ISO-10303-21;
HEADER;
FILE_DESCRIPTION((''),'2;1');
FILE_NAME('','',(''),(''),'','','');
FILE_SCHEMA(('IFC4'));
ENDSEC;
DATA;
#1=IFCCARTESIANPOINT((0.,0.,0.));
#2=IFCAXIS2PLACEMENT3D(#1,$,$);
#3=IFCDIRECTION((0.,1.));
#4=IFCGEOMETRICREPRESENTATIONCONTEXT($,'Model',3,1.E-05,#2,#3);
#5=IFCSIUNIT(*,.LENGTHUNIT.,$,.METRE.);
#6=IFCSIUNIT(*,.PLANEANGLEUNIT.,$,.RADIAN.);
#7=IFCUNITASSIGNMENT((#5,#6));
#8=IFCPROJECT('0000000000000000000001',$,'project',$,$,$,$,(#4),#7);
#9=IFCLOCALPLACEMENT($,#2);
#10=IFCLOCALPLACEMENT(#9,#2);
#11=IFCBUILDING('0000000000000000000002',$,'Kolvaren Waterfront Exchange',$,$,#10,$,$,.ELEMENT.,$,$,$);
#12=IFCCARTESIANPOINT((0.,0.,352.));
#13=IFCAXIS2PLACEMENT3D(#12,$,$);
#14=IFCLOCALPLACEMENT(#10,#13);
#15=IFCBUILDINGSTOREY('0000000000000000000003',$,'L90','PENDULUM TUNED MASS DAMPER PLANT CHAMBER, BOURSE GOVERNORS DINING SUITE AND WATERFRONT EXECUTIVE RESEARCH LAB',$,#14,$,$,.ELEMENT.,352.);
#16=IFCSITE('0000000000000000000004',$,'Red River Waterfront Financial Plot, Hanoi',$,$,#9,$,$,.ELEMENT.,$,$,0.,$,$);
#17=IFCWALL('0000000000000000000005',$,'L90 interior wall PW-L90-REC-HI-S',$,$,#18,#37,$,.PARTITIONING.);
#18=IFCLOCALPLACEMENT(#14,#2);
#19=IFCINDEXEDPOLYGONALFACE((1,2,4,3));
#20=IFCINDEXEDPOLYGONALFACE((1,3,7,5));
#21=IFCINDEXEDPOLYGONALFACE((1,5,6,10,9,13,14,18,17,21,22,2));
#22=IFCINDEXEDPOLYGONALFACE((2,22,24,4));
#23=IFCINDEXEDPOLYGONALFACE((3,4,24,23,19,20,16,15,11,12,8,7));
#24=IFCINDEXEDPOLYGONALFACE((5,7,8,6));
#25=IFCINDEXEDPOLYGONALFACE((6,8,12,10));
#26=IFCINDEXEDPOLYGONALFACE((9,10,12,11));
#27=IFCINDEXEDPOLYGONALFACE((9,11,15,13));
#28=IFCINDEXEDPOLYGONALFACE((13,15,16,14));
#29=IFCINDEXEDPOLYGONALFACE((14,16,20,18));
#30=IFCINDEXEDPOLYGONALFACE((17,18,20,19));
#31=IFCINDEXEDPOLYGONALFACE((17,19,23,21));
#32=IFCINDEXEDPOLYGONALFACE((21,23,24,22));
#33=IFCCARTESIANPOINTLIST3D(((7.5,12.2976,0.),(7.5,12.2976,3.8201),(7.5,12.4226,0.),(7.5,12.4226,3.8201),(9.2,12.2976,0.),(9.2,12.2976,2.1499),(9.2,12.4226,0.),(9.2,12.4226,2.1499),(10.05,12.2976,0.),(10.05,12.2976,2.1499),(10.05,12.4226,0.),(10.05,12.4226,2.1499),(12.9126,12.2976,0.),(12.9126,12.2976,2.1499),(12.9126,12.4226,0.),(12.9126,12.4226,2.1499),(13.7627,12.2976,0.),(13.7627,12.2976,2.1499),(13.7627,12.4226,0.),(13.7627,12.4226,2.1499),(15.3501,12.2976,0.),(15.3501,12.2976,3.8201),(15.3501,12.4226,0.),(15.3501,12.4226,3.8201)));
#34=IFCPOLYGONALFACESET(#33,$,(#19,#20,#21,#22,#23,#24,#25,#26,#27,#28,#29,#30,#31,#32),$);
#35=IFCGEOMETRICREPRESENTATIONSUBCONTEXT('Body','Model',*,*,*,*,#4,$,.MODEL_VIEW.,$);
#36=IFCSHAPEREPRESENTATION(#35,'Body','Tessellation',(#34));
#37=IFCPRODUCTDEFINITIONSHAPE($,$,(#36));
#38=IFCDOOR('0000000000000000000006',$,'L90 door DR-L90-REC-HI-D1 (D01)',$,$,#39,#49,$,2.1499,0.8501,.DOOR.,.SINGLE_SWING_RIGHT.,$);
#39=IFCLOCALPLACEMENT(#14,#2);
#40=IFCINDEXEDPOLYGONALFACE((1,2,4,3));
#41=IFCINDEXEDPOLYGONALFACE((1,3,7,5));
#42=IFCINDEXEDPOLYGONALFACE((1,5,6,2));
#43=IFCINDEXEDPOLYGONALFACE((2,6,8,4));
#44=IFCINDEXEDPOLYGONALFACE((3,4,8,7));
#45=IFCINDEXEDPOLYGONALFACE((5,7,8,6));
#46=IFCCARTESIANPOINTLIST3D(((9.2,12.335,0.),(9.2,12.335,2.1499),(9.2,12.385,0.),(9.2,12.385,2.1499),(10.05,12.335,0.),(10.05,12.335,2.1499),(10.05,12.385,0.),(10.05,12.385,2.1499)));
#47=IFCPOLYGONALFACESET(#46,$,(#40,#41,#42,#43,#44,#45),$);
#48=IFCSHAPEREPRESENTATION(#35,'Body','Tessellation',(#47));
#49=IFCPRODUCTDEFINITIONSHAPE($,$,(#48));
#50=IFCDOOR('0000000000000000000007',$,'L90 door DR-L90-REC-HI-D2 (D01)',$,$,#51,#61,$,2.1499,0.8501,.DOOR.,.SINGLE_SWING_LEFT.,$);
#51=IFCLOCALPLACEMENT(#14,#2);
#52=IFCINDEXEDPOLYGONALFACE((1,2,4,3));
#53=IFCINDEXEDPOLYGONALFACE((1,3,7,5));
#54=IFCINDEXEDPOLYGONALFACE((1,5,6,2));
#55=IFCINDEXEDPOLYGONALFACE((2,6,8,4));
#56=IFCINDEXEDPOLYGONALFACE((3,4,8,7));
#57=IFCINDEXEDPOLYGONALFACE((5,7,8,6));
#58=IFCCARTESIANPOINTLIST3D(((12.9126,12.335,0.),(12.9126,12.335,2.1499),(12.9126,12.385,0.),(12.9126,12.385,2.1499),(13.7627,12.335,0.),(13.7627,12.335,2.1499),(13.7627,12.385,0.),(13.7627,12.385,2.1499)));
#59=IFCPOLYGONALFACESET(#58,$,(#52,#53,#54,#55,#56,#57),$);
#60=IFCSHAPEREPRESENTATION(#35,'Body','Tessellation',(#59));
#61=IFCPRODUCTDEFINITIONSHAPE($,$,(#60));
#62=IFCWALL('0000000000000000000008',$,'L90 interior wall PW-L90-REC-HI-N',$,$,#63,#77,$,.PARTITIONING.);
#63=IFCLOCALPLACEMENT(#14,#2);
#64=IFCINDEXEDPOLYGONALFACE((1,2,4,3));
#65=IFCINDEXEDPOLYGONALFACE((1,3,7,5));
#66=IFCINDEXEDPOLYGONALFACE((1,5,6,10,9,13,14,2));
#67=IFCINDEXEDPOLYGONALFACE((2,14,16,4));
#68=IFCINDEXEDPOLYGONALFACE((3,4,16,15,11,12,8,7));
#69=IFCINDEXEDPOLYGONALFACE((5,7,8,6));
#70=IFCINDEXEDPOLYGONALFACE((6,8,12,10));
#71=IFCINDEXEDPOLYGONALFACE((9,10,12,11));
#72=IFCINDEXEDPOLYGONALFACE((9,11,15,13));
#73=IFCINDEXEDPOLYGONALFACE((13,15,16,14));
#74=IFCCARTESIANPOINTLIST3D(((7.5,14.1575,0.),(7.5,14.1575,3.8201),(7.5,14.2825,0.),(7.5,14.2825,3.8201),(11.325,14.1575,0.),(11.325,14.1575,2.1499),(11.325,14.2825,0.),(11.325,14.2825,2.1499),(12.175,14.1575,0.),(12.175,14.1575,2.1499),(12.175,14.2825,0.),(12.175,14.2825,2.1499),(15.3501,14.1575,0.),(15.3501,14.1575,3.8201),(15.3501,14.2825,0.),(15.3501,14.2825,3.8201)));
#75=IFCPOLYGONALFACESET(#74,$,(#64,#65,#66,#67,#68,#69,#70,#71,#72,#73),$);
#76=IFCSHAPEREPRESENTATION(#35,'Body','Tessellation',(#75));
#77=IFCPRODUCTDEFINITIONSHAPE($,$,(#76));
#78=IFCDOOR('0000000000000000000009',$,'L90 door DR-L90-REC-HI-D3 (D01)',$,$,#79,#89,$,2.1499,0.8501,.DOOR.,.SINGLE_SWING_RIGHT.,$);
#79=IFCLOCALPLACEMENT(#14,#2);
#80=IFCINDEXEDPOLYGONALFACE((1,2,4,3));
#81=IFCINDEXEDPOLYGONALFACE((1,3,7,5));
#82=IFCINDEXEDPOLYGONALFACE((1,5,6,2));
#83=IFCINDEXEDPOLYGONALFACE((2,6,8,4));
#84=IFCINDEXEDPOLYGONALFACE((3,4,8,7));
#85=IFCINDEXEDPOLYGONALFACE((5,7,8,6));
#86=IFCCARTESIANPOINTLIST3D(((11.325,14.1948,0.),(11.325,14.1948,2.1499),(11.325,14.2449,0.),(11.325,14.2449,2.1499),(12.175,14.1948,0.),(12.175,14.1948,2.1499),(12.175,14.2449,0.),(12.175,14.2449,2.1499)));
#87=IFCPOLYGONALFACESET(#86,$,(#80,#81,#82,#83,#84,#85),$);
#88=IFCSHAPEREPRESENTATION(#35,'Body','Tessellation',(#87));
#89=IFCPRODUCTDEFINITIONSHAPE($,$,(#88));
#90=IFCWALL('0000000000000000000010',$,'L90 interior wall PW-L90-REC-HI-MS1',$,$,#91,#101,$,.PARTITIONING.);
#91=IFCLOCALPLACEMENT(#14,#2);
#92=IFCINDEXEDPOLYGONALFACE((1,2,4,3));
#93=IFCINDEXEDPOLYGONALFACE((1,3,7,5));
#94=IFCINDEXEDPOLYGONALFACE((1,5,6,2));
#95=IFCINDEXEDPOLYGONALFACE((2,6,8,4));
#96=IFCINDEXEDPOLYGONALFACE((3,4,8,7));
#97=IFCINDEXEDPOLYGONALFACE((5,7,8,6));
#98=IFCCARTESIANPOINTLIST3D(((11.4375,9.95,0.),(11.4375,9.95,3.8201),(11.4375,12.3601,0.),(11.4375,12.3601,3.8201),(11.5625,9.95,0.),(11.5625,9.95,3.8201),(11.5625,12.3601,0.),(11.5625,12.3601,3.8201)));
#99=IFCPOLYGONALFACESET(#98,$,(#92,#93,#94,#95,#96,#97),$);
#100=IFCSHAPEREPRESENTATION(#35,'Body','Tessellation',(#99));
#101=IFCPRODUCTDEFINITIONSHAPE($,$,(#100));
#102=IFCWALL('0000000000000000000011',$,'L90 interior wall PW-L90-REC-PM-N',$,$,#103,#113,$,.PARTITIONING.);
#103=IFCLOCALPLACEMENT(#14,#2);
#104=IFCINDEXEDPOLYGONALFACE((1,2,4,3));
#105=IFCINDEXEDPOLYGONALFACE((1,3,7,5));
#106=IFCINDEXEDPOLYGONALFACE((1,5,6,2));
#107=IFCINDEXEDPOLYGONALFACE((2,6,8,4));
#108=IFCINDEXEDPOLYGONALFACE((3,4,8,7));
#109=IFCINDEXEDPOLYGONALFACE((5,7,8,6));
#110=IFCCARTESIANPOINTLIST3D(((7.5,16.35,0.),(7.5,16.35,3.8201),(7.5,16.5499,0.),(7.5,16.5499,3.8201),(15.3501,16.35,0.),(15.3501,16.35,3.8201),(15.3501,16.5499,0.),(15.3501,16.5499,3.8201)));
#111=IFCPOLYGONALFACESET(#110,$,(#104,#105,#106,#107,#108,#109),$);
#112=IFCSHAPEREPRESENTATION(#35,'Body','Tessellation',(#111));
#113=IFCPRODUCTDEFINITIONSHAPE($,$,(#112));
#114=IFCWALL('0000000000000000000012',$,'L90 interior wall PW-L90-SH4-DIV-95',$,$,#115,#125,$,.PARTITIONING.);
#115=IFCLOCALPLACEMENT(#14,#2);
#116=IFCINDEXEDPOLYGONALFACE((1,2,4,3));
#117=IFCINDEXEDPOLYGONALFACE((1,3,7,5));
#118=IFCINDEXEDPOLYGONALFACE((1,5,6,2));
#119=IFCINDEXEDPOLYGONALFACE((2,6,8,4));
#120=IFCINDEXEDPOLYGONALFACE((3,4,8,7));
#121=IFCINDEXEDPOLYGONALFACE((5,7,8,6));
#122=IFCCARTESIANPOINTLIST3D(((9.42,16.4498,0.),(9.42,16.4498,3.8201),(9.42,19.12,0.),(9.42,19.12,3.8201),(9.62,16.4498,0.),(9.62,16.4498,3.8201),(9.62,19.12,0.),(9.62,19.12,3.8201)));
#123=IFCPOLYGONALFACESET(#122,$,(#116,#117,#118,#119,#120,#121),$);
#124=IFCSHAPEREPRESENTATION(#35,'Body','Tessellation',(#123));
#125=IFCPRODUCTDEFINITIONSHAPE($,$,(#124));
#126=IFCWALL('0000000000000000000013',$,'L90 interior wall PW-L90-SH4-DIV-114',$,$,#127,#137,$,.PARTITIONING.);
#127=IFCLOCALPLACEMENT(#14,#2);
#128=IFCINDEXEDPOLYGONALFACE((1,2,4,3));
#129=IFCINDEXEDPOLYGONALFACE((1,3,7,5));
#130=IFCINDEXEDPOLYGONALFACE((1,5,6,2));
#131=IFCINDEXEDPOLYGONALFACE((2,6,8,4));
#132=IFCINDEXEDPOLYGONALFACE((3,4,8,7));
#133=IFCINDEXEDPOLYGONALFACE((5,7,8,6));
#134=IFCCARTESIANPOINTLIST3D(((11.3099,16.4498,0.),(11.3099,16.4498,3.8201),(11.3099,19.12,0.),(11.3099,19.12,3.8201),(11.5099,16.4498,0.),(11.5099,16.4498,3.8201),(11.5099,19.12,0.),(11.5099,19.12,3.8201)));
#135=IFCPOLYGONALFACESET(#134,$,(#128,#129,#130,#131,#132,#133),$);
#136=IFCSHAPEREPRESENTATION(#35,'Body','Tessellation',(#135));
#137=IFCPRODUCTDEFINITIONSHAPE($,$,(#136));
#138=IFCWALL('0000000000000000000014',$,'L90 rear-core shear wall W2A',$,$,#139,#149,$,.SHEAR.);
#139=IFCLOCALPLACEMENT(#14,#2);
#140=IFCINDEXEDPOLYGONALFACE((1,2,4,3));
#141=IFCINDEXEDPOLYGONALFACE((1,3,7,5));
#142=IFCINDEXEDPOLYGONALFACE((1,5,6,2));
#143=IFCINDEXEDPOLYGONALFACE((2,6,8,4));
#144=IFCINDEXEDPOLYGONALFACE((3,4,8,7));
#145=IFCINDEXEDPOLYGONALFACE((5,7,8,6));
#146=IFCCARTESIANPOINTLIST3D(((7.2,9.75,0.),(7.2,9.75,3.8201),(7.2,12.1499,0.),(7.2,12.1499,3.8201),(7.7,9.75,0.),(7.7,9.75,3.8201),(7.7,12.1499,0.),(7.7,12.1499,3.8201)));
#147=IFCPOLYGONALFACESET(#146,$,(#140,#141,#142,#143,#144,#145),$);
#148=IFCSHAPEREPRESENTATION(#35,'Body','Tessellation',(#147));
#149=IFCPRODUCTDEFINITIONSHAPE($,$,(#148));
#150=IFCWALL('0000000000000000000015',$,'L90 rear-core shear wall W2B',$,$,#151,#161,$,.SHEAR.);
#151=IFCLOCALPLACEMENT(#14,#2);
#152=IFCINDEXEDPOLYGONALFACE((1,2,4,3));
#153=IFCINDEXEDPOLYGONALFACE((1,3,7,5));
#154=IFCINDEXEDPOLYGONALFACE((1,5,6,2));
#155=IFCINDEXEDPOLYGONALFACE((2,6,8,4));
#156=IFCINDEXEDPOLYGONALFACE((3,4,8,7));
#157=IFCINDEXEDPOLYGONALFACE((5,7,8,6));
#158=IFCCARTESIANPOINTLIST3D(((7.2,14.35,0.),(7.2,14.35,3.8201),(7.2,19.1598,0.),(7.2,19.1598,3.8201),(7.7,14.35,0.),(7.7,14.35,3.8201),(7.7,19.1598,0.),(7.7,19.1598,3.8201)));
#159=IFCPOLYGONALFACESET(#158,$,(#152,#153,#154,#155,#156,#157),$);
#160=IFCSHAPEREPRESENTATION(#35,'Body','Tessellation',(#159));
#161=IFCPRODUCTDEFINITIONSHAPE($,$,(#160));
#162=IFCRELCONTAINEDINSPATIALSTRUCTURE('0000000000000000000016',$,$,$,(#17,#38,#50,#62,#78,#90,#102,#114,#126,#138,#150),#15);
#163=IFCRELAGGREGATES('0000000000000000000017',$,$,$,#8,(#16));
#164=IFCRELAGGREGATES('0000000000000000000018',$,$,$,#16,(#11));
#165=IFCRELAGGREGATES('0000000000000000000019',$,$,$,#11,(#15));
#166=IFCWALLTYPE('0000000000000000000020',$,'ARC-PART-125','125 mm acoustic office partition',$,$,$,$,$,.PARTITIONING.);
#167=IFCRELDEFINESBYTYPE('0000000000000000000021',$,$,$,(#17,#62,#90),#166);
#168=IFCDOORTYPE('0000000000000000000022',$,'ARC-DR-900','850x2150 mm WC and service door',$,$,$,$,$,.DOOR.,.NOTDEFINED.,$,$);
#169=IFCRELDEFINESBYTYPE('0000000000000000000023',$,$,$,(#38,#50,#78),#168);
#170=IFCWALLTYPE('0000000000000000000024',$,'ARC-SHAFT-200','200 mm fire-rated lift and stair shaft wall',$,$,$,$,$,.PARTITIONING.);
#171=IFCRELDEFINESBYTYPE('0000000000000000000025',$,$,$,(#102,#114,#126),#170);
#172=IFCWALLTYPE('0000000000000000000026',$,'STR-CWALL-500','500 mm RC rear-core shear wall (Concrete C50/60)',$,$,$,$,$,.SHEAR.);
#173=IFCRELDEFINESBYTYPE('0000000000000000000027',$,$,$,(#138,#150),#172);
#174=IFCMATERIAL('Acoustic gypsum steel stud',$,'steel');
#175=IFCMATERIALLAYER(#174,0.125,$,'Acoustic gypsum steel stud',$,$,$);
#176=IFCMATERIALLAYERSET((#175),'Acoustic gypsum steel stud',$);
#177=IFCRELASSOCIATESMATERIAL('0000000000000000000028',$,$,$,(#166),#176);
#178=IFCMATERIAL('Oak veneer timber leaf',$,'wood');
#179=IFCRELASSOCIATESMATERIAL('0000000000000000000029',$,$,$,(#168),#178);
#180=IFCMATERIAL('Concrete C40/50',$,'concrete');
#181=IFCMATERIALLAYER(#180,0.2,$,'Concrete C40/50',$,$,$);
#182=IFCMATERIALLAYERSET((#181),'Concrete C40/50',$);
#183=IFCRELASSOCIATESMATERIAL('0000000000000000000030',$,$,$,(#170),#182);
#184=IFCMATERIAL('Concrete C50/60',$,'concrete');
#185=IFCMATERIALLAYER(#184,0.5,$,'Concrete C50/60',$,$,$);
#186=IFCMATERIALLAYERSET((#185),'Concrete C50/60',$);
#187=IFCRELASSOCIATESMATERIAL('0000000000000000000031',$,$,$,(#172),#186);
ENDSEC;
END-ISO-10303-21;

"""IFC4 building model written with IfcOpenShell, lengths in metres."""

from ifc_helpers import new_model, si_unit, direction, frame, frame_2d, origin, place, context, subcontext, project, spatial, rectangle, extrude, material, layer, layer_set, type_object, element, fill, save


model = new_model("IFC4")

# Units and contexts
model_context = context("Model", 3, precision=1e-05, world=origin(), true_north=direction((0.0, 1.0)))
body_context = subcontext(model_context, "Body", "Model", "MODEL_VIEW")
ifc_project = project(units=[si_unit("LENGTHUNIT", "METRE"), si_unit("PLANEANGLEUNIT", "RADIAN")], contexts=[model_context])

# Site, building, storey
site_placement = place(None, origin())
site = spatial("IfcSite", under=ifc_project, at=site_placement, Name="Red River Waterfront Financial Plot, Hanoi", CompositionType="ELEMENT", RefElevation=0.0)
building_placement = place(site_placement, origin())
building = spatial("IfcBuilding", under=site, at=building_placement, Name="Kolvaren Waterfront Exchange", CompositionType="ELEMENT")
storey_placement = place(building_placement, frame((0.0, 0.0, 352.0)))
storey = spatial("IfcBuildingStorey", under=building, at=storey_placement, Name="L90", Description="PENDULUM TUNED MASS DAMPER PLANT CHAMBER, BOURSE GOVERNORS DINING SUITE AND WATERFRONT EXECUTIVE RESEARCH LAB", CompositionType="ELEMENT", Elevation=352.0)

# Wall, openings, doors
ifc_material_1 = material(Name="Acoustic gypsum steel stud", Category="steel")
ifc_layer_1 = layer(ifc_material_1, 0.125, Name="Acoustic gypsum steel stud")
ifc_layer_set_1 = layer_set([ifc_layer_1], Name="Acoustic gypsum steel stud")
wall_type_1 = type_object("IfcWallType", Name="ARC-PART-125", Description="125 mm acoustic office partition", PredefinedType="PARTITIONING", material=ifc_layer_set_1)
wall_1_placement = place(storey_placement, frame((7.5, 12.3601, 0.0), z_axis=(0.0, 0.0, 1.0), x_axis=(1.0, 0.0, 0.0)))
wall_1 = element("IfcWall", 1, at=wall_1_placement, inside=storey, type_object=wall_type_1, Name="L90 interior wall PW-L90-REC-HI-S", PredefinedType="PARTITIONING", context=body_context, shape_type="SweptSolid", body=[
    extrude(rectangle(XDim=7.8501, YDim=0.125, at=frame_2d((3.925, 0.0))), origin(), (0.0, 0.0, 1.0), 3.8201),
])
opening_1_placement = place(wall_1_placement, frame((1.7, 0.0, 0.0)))
opening_1 = element("IfcOpeningElement", 2, at=opening_1_placement, cuts=wall_1, PredefinedType="OPENING", context=body_context, shape_type="SweptSolid", body=[
    extrude(rectangle(XDim=0.8501, YDim=2.1499, at=frame_2d((0.425, 1.075))), frame((0.0, 0.0725, 0.0), z_axis=(0.0, -1.0, 0.0), x_axis=(1.0, 0.0, 0.0)), (0.0, 0.0, 1.0), 0.145),
])
opening_2_placement = place(wall_1_placement, frame((5.4126, 0.0, 0.0)))
opening_2 = element("IfcOpeningElement", 3, at=opening_2_placement, cuts=wall_1, PredefinedType="OPENING", context=body_context, shape_type="SweptSolid", body=[
    extrude(rectangle(XDim=0.8501, YDim=2.1499, at=frame_2d((0.425, 1.075))), frame((0.0, 0.0725, 0.0), z_axis=(0.0, -1.0, 0.0), x_axis=(1.0, 0.0, 0.0)), (0.0, 0.0, 1.0), 0.145),
])
ifc_material_2 = material(Name="Oak veneer timber leaf", Category="wood")
door_type_1 = type_object("IfcDoorType", Name="ARC-DR-900", Description="850x2150 mm WC and service door", OperationType="NOTDEFINED", PredefinedType="DOOR", material=ifc_material_2)
door_1_placement = place(opening_1_placement, origin())
door_1 = element("IfcDoor", 4, at=door_1_placement, inside=storey, type_object=door_type_1, Name="L90 door DR-L90-REC-HI-D1 (D01)", OperationType="SINGLE_SWING_RIGHT", OverallHeight=2.1499, OverallWidth=0.8501, PredefinedType="DOOR", context=body_context, shape_type="SweptSolid", body=[
    extrude(rectangle(XDim=0.8501, YDim=2.1499, at=frame_2d((0.425, 1.075))), frame((0.0, 0.0249, 0.0), z_axis=(0.0, -1.0, 0.0), x_axis=(1.0, 0.0, 0.0)), (0.0, 0.0, 1.0), 0.05),
])
fill(opening_1, door_1)
door_2_placement = place(opening_2_placement, origin())
door_2 = element("IfcDoor", 5, at=door_2_placement, inside=storey, type_object=door_type_1, Name="L90 door DR-L90-REC-HI-D2 (D01)", OperationType="SINGLE_SWING_LEFT", OverallHeight=2.1499, OverallWidth=0.8501, PredefinedType="DOOR", context=body_context, shape_type="SweptSolid", body=[
    extrude(rectangle(XDim=0.8501, YDim=2.1499, at=frame_2d((0.425, 1.075))), frame((0.0, 0.0249, 0.0), z_axis=(0.0, -1.0, 0.0), x_axis=(1.0, 0.0, 0.0)), (0.0, 0.0, 1.0), 0.05),
])
fill(opening_2, door_2)

# Wall, opening, door
wall_2_placement = place(storey_placement, frame((7.5, 14.22, 0.0), z_axis=(0.0, 0.0, 1.0), x_axis=(1.0, 0.0, 0.0)))
wall_2 = element("IfcWall", 6, at=wall_2_placement, inside=storey, type_object=wall_type_1, Name="L90 interior wall PW-L90-REC-HI-N", PredefinedType="PARTITIONING", context=body_context, shape_type="SweptSolid", body=[
    extrude(rectangle(XDim=7.8501, YDim=0.125, at=frame_2d((3.925, 0.0))), origin(), (0.0, 0.0, 1.0), 3.8201),
])
opening_3_placement = place(wall_2_placement, frame((3.825, 0.0, 0.0)))
opening_3 = element("IfcOpeningElement", 7, at=opening_3_placement, cuts=wall_2, PredefinedType="OPENING", context=body_context, shape_type="SweptSolid", body=[
    extrude(rectangle(XDim=0.8501, YDim=2.1499, at=frame_2d((0.425, 1.075))), frame((0.0, 0.0725, 0.0), z_axis=(0.0, -1.0, 0.0), x_axis=(1.0, 0.0, 0.0)), (0.0, 0.0, 1.0), 0.145),
])
door_3_placement = place(opening_3_placement, origin())
door_3 = element("IfcDoor", 8, at=door_3_placement, inside=storey, type_object=door_type_1, Name="L90 door DR-L90-REC-HI-D3 (D01)", OperationType="SINGLE_SWING_RIGHT", OverallHeight=2.1499, OverallWidth=0.8501, PredefinedType="DOOR", context=body_context, shape_type="SweptSolid", body=[
    extrude(rectangle(XDim=0.8501, YDim=2.1499, at=frame_2d((0.425, 1.075))), frame((0.0, 0.0249, 0.0), z_axis=(0.0, -1.0, 0.0), x_axis=(1.0, 0.0, 0.0)), (0.0, 0.0, 1.0), 0.05),
])
fill(opening_3, door_3)

# Walls
wall_3_placement = place(storey_placement, frame((11.5, 9.95, 0.0), z_axis=(0.0, 0.0, 1.0), x_axis=(0.0, 1.0, 0.0)))
element("IfcWall", 9, at=wall_3_placement, inside=storey, type_object=wall_type_1, Name="L90 interior wall PW-L90-REC-HI-MS1", PredefinedType="PARTITIONING", context=body_context, shape_type="SweptSolid", body=[
    extrude(rectangle(XDim=2.4102, YDim=0.125, at=frame_2d((1.2051, 0.0))), origin(), (0.0, 0.0, 1.0), 3.8201),
])
ifc_material_3 = material(Name="Concrete C40/50", Category="concrete")
ifc_layer_2 = layer(ifc_material_3, 0.2, Name="Concrete C40/50")
ifc_layer_set_2 = layer_set([ifc_layer_2], Name="Concrete C40/50")
wall_type_2 = type_object("IfcWallType", Name="ARC-SHAFT-200", Description="200 mm fire-rated lift and stair shaft wall", PredefinedType="PARTITIONING", material=ifc_layer_set_2)
wall_4_placement = place(storey_placement, frame((7.5, 16.45, 0.0), z_axis=(0.0, 0.0, 1.0), x_axis=(1.0, 0.0, 0.0)))
element("IfcWall", 10, at=wall_4_placement, inside=storey, type_object=wall_type_2, Name="L90 interior wall PW-L90-REC-PM-N", PredefinedType="PARTITIONING", context=body_context, shape_type="SweptSolid", body=[
    extrude(rectangle(XDim=7.8501, YDim=0.2, at=frame_2d((3.925, 0.0))), origin(), (0.0, 0.0, 1.0), 3.8201),
])
for number, where, z_axis, x_axis, name in (
    (11, (9.52, 16.45, 0.0), (0.0, 0.0, 1.0), (0.0, 1.0, 0.0), "L90 interior wall PW-L90-SH4-DIV-95"),
    (12, (11.4099, 16.45, 0.0), (0.0, 0.0, 1.0), (0.0, 1.0, 0.0), "L90 interior wall PW-L90-SH4-DIV-114"),
):
    element("IfcWall", number, at=place(storey_placement, frame(where, z_axis=z_axis, x_axis=x_axis)), inside=storey, type_object=wall_type_2, Name=name, PredefinedType="PARTITIONING", context=body_context, shape_type="SweptSolid", body=[
        extrude(rectangle(XDim=2.6702, YDim=0.2, at=frame_2d((1.335, 0.0))), origin(), (0.0, 0.0, 1.0), 3.8201),
    ])
ifc_material_4 = material(Name="Concrete C50/60", Category="concrete")
ifc_layer_3 = layer(ifc_material_4, 0.5, Name="Concrete C50/60")
ifc_layer_set_3 = layer_set([ifc_layer_3], Name="Concrete C50/60")
wall_type_3 = type_object("IfcWallType", Name="STR-CWALL-500", Description="500 mm RC rear-core shear wall (Concrete C50/60)", PredefinedType="SHEAR", material=ifc_layer_set_3)
wall_5_placement = place(storey_placement, frame((7.45, 9.75, 0.0), z_axis=(0.0, 0.0, 1.0), x_axis=(0.0, 1.0, 0.0)))
element("IfcWall", 13, at=wall_5_placement, inside=storey, type_object=wall_type_3, Name="L90 rear-core shear wall W2A", PredefinedType="SHEAR", context=body_context, shape_type="SweptSolid", body=[
    extrude(rectangle(XDim=2.3999, YDim=0.5, at=frame_2d((1.2, 0.0))), origin(), (0.0, 0.0, 1.0), 3.8201),
])
wall_6_placement = place(storey_placement, frame((7.45, 14.3501, 0.0), z_axis=(0.0, 0.0, 1.0), x_axis=(0.0, 1.0, 0.0)))
element("IfcWall", 14, at=wall_6_placement, inside=storey, type_object=wall_type_3, Name="L90 rear-core shear wall W2B", PredefinedType="SHEAR", context=body_context, shape_type="SweptSolid", body=[
    extrude(rectangle(XDim=4.8098, YDim=0.5, at=frame_2d((2.4048, 0.0))), origin(), (0.0, 0.0, 1.0), 3.8201),
])

save(model, "model.ifc")
